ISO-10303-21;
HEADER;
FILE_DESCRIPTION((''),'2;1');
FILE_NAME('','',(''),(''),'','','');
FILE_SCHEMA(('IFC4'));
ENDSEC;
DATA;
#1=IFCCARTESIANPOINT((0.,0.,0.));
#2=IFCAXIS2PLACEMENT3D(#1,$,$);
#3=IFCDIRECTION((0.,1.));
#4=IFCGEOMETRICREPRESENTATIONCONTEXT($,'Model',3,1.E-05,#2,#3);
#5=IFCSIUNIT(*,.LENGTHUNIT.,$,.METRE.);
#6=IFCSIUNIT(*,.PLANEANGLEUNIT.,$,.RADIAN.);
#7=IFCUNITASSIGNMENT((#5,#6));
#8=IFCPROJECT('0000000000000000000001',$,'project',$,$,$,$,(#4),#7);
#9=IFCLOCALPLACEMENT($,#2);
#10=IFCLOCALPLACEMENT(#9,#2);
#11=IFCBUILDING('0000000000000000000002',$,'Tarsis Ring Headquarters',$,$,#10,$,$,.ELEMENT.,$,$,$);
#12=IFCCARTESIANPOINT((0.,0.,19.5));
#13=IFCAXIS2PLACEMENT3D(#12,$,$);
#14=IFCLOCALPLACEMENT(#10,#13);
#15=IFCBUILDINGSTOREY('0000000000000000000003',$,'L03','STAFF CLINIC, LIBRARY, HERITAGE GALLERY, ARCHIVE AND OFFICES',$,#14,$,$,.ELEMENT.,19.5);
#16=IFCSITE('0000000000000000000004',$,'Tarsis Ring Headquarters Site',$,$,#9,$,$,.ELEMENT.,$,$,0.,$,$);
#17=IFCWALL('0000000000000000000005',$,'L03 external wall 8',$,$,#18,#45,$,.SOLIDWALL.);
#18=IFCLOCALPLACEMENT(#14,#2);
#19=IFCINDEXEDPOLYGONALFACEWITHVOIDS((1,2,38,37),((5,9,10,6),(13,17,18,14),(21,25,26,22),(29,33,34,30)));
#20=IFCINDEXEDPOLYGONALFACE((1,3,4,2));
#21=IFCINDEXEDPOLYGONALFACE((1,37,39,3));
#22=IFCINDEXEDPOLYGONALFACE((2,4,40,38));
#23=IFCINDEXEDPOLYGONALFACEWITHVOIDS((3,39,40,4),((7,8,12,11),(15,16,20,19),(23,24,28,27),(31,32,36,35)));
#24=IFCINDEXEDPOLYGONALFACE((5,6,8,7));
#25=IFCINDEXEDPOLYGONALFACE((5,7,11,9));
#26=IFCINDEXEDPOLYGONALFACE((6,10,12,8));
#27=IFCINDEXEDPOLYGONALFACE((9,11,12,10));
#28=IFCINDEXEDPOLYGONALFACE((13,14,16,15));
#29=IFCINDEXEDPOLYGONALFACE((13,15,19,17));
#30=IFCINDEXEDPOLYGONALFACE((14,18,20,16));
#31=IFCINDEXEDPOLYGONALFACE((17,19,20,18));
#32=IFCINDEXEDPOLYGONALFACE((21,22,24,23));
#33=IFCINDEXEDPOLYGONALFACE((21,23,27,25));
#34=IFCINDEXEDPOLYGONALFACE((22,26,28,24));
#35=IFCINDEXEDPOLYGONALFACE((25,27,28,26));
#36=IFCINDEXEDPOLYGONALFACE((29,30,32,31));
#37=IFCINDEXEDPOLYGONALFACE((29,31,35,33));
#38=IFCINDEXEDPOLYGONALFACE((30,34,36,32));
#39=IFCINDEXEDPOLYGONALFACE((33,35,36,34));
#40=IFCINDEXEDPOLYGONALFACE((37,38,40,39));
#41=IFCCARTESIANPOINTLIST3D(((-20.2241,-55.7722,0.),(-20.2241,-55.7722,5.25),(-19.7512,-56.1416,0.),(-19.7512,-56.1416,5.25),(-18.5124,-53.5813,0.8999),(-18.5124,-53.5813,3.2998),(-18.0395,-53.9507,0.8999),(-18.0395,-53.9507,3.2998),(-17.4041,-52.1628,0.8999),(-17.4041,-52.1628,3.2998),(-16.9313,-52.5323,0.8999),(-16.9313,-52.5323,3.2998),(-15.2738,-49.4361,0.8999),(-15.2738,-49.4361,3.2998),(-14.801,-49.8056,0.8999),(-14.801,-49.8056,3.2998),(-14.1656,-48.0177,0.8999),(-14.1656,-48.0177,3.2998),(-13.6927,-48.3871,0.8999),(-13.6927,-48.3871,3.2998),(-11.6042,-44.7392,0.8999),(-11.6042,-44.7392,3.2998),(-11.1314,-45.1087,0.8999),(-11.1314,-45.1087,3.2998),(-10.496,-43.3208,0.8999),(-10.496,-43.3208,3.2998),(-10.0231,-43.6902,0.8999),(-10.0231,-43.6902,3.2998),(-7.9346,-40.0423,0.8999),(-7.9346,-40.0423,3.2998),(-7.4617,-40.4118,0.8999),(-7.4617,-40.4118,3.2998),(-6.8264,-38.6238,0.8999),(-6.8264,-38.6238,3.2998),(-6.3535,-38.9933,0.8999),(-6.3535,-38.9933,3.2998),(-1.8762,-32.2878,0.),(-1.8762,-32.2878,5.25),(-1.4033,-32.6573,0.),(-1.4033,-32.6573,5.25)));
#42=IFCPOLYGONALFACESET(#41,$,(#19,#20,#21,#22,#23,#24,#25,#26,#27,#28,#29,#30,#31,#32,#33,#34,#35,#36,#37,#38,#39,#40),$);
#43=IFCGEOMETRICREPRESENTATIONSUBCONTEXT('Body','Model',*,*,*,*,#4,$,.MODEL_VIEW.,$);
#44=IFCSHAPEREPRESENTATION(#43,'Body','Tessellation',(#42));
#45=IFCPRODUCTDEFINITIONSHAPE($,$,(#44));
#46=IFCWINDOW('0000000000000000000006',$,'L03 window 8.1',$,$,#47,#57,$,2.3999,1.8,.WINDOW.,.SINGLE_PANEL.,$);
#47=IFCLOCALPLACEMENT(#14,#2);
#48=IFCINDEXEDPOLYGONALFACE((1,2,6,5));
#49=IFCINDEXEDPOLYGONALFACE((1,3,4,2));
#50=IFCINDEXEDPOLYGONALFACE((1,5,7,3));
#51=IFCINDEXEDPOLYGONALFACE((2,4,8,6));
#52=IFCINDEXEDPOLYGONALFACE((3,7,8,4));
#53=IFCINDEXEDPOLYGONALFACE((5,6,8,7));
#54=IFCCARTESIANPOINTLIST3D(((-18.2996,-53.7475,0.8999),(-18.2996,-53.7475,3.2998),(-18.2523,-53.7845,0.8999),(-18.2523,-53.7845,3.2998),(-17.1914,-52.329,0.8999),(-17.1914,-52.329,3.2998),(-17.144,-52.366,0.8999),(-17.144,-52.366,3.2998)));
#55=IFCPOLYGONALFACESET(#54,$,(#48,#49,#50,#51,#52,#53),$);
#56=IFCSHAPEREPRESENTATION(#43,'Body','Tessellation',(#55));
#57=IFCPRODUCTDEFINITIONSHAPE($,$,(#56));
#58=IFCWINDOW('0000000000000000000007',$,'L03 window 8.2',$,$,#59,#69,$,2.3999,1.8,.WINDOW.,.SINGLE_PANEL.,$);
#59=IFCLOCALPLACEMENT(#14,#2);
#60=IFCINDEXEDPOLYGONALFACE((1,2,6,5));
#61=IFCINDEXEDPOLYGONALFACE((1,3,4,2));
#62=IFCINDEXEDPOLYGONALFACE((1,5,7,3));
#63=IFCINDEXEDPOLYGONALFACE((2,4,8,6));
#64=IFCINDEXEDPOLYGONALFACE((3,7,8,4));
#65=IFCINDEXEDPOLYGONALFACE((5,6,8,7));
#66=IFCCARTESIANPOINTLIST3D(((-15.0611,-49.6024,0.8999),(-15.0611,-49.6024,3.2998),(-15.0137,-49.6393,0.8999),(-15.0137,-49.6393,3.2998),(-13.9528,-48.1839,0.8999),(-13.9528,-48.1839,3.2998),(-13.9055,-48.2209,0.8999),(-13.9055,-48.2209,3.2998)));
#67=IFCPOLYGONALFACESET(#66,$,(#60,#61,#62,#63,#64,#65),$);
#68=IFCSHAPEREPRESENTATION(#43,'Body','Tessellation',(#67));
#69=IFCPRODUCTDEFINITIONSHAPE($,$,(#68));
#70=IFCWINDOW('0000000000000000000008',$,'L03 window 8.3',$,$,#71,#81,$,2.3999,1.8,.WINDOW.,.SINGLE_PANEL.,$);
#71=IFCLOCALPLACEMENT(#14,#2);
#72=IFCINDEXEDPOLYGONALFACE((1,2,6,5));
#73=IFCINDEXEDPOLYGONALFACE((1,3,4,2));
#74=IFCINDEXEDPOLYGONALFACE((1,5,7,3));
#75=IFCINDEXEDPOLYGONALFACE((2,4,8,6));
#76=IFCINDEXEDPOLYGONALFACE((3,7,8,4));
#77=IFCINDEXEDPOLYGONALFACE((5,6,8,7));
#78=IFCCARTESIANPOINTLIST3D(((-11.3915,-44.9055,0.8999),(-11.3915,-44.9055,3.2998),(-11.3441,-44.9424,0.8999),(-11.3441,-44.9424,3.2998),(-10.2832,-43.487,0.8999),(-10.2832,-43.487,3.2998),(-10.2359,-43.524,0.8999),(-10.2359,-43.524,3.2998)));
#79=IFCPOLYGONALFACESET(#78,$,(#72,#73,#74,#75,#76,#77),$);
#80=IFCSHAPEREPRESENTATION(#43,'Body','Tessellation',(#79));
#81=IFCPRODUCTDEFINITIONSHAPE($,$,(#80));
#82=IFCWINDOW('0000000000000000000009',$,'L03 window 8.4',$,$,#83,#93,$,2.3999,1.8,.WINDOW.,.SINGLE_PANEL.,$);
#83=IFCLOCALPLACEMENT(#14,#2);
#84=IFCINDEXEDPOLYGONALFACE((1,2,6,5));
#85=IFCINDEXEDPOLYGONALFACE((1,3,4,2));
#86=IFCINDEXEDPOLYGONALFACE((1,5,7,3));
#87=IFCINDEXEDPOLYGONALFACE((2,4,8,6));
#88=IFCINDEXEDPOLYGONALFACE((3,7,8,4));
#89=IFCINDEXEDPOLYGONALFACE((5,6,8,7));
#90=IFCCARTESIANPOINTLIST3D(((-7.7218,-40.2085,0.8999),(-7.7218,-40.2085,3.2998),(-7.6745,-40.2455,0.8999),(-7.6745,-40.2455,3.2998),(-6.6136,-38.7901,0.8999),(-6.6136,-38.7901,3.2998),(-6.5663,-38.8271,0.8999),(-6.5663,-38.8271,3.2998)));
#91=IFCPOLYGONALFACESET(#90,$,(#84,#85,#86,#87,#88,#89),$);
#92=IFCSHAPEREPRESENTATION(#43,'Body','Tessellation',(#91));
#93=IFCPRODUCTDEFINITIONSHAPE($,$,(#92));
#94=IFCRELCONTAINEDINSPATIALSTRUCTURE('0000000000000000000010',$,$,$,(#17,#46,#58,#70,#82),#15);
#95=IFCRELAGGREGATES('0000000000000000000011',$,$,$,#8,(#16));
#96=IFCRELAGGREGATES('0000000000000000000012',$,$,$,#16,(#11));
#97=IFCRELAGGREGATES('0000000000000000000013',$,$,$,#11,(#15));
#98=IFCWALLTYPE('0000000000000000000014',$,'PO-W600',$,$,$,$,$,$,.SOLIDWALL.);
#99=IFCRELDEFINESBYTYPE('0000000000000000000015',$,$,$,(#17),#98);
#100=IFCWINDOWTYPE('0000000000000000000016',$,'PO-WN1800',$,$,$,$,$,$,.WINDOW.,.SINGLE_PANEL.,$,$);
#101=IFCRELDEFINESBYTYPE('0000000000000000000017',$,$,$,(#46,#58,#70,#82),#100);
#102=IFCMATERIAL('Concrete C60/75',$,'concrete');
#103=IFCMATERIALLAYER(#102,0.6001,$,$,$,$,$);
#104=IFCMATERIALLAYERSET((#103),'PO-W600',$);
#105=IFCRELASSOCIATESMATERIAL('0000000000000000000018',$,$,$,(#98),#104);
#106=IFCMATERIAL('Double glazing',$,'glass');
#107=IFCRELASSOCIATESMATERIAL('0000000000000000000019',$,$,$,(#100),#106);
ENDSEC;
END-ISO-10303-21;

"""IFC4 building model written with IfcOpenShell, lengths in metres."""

from ifc_helpers import new_model, si_unit, direction, frame, frame_2d, origin, place, context, subcontext, project, spatial, rectangle, extrude, material, layer, layer_set, type_object, element, fill, save


model = new_model("IFC4")

# Units and contexts
model_context = context("Model", 3, precision=1e-05, world=origin(), true_north=direction((0.0, 1.0)))
body_context = subcontext(model_context, "Body", "Model", "MODEL_VIEW")
ifc_project = project(units=[si_unit("LENGTHUNIT", "METRE"), si_unit("PLANEANGLEUNIT", "RADIAN")], contexts=[model_context])

# Site, building, storey
site_placement = place(None, origin())
site = spatial("IfcSite", under=ifc_project, at=site_placement, Name="Tarsis Ring Headquarters Site", CompositionType="ELEMENT", RefElevation=0.0)
building_placement = place(site_placement, origin())
building = spatial("IfcBuilding", under=site, at=building_placement, Name="Tarsis Ring Headquarters", CompositionType="ELEMENT")
storey_placement = place(building_placement, frame((0.0, 0.0, 19.5)))
storey = spatial("IfcBuildingStorey", under=building, at=storey_placement, Name="L03", Description="STAFF CLINIC, LIBRARY, HERITAGE GALLERY, ARCHIVE AND OFFICES", CompositionType="ELEMENT", Elevation=19.5)

# Shared definitions
ifc_material_1 = material(Name="Concrete C60/75", Category="concrete")

# Wall, openings, windows
ifc_layer_1 = layer(ifc_material_1, 0.6001)
ifc_layer_set_1 = layer_set([ifc_layer_1], Name="PO-W600")
wall_type_1 = type_object("IfcWallType", Name="PO-W600", PredefinedType="SOLIDWALL", material=ifc_layer_set_1)
wall_1_placement = place(storey_placement, frame((-19.9875, -55.9568, 0.0), z_axis=(0.0, 0.0, 1.0), x_axis=(0.615659, 0.788012, 0.0)))
wall_1 = element("IfcWall", 1, at=wall_1_placement, inside=storey, type_object=wall_type_1, Name="L03 external wall 8", PredefinedType="SOLIDWALL", context=body_context, shape_type="SweptSolid", body=[
    extrude(rectangle(XDim=29.802, YDim=0.6001, at=frame_2d((14.9009, 0.0))), origin(), (0.0, 0.0, 1.0), 5.25),
])
opening_1_placement = place(wall_1_placement, frame((2.7803, 0.0, 0.8999)))
opening_1 = element("IfcOpeningElement", 2, at=opening_1_placement, cuts=wall_1, PredefinedType="OPENING", context=body_context, shape_type="SweptSolid", body=[
    extrude(rectangle(XDim=1.8, YDim=2.3999, at=frame_2d((0.8999, 1.2))), frame((0.0, 0.3101, 0.0), z_axis=(0.0, -1.0, 0.0), x_axis=(1.0, 0.0, 0.0)), (0.0, 0.0, 1.0), 0.6201),
])
opening_2_placement = place(wall_1_placement, frame((8.0405, 0.0, 0.8999)))
opening_2 = element("IfcOpeningElement", 3, at=opening_2_placement, cuts=wall_1, PredefinedType="OPENING", context=body_context, shape_type="SweptSolid", body=[
    extrude(rectangle(XDim=1.8, YDim=2.3999, at=frame_2d((0.8999, 1.2))), frame((0.0, 0.3101, 0.0), z_axis=(0.0, -1.0, 0.0), x_axis=(1.0, 0.0, 0.0)), (0.0, 0.0, 1.0), 0.6201),
])
opening_3_placement = place(wall_1_placement, frame((14.001, 0.0, 0.8999)))
opening_3 = element("IfcOpeningElement", 4, at=opening_3_placement, cuts=wall_1, PredefinedType="OPENING", context=body_context, shape_type="SweptSolid", body=[
    extrude(rectangle(XDim=1.8, YDim=2.3999, at=frame_2d((0.8999, 1.2))), frame((0.0, 0.3101, 0.0), z_axis=(0.0, -1.0, 0.0), x_axis=(1.0, 0.0, 0.0)), (0.0, 0.0, 1.0), 0.6201),
])
opening_4_placement = place(wall_1_placement, frame((19.9614, 0.0, 0.8999)))
opening_4 = element("IfcOpeningElement", 5, at=opening_4_placement, cuts=wall_1, PredefinedType="OPENING", context=body_context, shape_type="SweptSolid", body=[
    extrude(rectangle(XDim=1.8, YDim=2.3999, at=frame_2d((0.8999, 1.2))), frame((0.0, 0.3101, 0.0), z_axis=(0.0, -1.0, 0.0), x_axis=(1.0, 0.0, 0.0)), (0.0, 0.0, 1.0), 0.6201),
])
ifc_material_2 = material(Name="Double glazing", Category="glass")
window_type = type_object("IfcWindowType", Name="PO-WN1800", PartitioningType="SINGLE_PANEL", PredefinedType="WINDOW", material=ifc_material_2)
window_1_placement = place(opening_1_placement, origin())
window_1 = element("IfcWindow", 6, at=window_1_placement, inside=storey, type_object=window_type, Name="L03 window 8.1", OverallHeight=2.3999, OverallWidth=1.8, PartitioningType="SINGLE_PANEL", PredefinedType="WINDOW", context=body_context, shape_type="SweptSolid", body=[
    extrude(rectangle(XDim=1.8, YDim=2.3999, at=frame_2d((0.8999, 1.2))), frame((0.0, 0.03, 0.0), z_axis=(0.0, -1.0, 0.0), x_axis=(1.0, 0.0, 0.0)), (0.0, 0.0, 1.0), 0.0601),
])
fill(opening_1, window_1)
window_2_placement = place(opening_2_placement, origin())
window_2 = element("IfcWindow", 7, at=window_2_placement, inside=storey, type_object=window_type, Name="L03 window 8.2", OverallHeight=2.3999, OverallWidth=1.8, PartitioningType="SINGLE_PANEL", PredefinedType="WINDOW", context=body_context, shape_type="SweptSolid", body=[
    extrude(rectangle(XDim=1.8, YDim=2.3999, at=frame_2d((0.8999, 1.2))), frame((0.0, 0.03, 0.0), z_axis=(0.0, -1.0, 0.0), x_axis=(1.0, 0.0, 0.0)), (0.0, 0.0, 1.0), 0.0601),
])
fill(opening_2, window_2)
window_3_placement = place(opening_3_placement, origin())
window_3 = element("IfcWindow", 8, at=window_3_placement, inside=storey, type_object=window_type, Name="L03 window 8.3", OverallHeight=2.3999, OverallWidth=1.8, PartitioningType="SINGLE_PANEL", PredefinedType="WINDOW", context=body_context, shape_type="SweptSolid", body=[
    extrude(rectangle(XDim=1.8, YDim=2.3999, at=frame_2d((0.8999, 1.2))), frame((0.0, 0.03, 0.0), z_axis=(0.0, -1.0, 0.0), x_axis=(1.0, 0.0, 0.0)), (0.0, 0.0, 1.0), 0.0601),
])
fill(opening_3, window_3)
window_4_placement = place(opening_4_placement, origin())
window_4 = element("IfcWindow", 9, at=window_4_placement, inside=storey, type_object=window_type, Name="L03 window 8.4", OverallHeight=2.3999, OverallWidth=1.8, PartitioningType="SINGLE_PANEL", PredefinedType="WINDOW", context=body_context, shape_type="SweptSolid", body=[
    extrude(rectangle(XDim=1.8, YDim=2.3999, at=frame_2d((0.8999, 1.2))), frame((0.0, 0.03, 0.0), z_axis=(0.0, -1.0, 0.0), x_axis=(1.0, 0.0, 0.0)), (0.0, 0.0, 1.0), 0.0601),
])
fill(opening_4, window_4)

save(model, "model.ifc")
